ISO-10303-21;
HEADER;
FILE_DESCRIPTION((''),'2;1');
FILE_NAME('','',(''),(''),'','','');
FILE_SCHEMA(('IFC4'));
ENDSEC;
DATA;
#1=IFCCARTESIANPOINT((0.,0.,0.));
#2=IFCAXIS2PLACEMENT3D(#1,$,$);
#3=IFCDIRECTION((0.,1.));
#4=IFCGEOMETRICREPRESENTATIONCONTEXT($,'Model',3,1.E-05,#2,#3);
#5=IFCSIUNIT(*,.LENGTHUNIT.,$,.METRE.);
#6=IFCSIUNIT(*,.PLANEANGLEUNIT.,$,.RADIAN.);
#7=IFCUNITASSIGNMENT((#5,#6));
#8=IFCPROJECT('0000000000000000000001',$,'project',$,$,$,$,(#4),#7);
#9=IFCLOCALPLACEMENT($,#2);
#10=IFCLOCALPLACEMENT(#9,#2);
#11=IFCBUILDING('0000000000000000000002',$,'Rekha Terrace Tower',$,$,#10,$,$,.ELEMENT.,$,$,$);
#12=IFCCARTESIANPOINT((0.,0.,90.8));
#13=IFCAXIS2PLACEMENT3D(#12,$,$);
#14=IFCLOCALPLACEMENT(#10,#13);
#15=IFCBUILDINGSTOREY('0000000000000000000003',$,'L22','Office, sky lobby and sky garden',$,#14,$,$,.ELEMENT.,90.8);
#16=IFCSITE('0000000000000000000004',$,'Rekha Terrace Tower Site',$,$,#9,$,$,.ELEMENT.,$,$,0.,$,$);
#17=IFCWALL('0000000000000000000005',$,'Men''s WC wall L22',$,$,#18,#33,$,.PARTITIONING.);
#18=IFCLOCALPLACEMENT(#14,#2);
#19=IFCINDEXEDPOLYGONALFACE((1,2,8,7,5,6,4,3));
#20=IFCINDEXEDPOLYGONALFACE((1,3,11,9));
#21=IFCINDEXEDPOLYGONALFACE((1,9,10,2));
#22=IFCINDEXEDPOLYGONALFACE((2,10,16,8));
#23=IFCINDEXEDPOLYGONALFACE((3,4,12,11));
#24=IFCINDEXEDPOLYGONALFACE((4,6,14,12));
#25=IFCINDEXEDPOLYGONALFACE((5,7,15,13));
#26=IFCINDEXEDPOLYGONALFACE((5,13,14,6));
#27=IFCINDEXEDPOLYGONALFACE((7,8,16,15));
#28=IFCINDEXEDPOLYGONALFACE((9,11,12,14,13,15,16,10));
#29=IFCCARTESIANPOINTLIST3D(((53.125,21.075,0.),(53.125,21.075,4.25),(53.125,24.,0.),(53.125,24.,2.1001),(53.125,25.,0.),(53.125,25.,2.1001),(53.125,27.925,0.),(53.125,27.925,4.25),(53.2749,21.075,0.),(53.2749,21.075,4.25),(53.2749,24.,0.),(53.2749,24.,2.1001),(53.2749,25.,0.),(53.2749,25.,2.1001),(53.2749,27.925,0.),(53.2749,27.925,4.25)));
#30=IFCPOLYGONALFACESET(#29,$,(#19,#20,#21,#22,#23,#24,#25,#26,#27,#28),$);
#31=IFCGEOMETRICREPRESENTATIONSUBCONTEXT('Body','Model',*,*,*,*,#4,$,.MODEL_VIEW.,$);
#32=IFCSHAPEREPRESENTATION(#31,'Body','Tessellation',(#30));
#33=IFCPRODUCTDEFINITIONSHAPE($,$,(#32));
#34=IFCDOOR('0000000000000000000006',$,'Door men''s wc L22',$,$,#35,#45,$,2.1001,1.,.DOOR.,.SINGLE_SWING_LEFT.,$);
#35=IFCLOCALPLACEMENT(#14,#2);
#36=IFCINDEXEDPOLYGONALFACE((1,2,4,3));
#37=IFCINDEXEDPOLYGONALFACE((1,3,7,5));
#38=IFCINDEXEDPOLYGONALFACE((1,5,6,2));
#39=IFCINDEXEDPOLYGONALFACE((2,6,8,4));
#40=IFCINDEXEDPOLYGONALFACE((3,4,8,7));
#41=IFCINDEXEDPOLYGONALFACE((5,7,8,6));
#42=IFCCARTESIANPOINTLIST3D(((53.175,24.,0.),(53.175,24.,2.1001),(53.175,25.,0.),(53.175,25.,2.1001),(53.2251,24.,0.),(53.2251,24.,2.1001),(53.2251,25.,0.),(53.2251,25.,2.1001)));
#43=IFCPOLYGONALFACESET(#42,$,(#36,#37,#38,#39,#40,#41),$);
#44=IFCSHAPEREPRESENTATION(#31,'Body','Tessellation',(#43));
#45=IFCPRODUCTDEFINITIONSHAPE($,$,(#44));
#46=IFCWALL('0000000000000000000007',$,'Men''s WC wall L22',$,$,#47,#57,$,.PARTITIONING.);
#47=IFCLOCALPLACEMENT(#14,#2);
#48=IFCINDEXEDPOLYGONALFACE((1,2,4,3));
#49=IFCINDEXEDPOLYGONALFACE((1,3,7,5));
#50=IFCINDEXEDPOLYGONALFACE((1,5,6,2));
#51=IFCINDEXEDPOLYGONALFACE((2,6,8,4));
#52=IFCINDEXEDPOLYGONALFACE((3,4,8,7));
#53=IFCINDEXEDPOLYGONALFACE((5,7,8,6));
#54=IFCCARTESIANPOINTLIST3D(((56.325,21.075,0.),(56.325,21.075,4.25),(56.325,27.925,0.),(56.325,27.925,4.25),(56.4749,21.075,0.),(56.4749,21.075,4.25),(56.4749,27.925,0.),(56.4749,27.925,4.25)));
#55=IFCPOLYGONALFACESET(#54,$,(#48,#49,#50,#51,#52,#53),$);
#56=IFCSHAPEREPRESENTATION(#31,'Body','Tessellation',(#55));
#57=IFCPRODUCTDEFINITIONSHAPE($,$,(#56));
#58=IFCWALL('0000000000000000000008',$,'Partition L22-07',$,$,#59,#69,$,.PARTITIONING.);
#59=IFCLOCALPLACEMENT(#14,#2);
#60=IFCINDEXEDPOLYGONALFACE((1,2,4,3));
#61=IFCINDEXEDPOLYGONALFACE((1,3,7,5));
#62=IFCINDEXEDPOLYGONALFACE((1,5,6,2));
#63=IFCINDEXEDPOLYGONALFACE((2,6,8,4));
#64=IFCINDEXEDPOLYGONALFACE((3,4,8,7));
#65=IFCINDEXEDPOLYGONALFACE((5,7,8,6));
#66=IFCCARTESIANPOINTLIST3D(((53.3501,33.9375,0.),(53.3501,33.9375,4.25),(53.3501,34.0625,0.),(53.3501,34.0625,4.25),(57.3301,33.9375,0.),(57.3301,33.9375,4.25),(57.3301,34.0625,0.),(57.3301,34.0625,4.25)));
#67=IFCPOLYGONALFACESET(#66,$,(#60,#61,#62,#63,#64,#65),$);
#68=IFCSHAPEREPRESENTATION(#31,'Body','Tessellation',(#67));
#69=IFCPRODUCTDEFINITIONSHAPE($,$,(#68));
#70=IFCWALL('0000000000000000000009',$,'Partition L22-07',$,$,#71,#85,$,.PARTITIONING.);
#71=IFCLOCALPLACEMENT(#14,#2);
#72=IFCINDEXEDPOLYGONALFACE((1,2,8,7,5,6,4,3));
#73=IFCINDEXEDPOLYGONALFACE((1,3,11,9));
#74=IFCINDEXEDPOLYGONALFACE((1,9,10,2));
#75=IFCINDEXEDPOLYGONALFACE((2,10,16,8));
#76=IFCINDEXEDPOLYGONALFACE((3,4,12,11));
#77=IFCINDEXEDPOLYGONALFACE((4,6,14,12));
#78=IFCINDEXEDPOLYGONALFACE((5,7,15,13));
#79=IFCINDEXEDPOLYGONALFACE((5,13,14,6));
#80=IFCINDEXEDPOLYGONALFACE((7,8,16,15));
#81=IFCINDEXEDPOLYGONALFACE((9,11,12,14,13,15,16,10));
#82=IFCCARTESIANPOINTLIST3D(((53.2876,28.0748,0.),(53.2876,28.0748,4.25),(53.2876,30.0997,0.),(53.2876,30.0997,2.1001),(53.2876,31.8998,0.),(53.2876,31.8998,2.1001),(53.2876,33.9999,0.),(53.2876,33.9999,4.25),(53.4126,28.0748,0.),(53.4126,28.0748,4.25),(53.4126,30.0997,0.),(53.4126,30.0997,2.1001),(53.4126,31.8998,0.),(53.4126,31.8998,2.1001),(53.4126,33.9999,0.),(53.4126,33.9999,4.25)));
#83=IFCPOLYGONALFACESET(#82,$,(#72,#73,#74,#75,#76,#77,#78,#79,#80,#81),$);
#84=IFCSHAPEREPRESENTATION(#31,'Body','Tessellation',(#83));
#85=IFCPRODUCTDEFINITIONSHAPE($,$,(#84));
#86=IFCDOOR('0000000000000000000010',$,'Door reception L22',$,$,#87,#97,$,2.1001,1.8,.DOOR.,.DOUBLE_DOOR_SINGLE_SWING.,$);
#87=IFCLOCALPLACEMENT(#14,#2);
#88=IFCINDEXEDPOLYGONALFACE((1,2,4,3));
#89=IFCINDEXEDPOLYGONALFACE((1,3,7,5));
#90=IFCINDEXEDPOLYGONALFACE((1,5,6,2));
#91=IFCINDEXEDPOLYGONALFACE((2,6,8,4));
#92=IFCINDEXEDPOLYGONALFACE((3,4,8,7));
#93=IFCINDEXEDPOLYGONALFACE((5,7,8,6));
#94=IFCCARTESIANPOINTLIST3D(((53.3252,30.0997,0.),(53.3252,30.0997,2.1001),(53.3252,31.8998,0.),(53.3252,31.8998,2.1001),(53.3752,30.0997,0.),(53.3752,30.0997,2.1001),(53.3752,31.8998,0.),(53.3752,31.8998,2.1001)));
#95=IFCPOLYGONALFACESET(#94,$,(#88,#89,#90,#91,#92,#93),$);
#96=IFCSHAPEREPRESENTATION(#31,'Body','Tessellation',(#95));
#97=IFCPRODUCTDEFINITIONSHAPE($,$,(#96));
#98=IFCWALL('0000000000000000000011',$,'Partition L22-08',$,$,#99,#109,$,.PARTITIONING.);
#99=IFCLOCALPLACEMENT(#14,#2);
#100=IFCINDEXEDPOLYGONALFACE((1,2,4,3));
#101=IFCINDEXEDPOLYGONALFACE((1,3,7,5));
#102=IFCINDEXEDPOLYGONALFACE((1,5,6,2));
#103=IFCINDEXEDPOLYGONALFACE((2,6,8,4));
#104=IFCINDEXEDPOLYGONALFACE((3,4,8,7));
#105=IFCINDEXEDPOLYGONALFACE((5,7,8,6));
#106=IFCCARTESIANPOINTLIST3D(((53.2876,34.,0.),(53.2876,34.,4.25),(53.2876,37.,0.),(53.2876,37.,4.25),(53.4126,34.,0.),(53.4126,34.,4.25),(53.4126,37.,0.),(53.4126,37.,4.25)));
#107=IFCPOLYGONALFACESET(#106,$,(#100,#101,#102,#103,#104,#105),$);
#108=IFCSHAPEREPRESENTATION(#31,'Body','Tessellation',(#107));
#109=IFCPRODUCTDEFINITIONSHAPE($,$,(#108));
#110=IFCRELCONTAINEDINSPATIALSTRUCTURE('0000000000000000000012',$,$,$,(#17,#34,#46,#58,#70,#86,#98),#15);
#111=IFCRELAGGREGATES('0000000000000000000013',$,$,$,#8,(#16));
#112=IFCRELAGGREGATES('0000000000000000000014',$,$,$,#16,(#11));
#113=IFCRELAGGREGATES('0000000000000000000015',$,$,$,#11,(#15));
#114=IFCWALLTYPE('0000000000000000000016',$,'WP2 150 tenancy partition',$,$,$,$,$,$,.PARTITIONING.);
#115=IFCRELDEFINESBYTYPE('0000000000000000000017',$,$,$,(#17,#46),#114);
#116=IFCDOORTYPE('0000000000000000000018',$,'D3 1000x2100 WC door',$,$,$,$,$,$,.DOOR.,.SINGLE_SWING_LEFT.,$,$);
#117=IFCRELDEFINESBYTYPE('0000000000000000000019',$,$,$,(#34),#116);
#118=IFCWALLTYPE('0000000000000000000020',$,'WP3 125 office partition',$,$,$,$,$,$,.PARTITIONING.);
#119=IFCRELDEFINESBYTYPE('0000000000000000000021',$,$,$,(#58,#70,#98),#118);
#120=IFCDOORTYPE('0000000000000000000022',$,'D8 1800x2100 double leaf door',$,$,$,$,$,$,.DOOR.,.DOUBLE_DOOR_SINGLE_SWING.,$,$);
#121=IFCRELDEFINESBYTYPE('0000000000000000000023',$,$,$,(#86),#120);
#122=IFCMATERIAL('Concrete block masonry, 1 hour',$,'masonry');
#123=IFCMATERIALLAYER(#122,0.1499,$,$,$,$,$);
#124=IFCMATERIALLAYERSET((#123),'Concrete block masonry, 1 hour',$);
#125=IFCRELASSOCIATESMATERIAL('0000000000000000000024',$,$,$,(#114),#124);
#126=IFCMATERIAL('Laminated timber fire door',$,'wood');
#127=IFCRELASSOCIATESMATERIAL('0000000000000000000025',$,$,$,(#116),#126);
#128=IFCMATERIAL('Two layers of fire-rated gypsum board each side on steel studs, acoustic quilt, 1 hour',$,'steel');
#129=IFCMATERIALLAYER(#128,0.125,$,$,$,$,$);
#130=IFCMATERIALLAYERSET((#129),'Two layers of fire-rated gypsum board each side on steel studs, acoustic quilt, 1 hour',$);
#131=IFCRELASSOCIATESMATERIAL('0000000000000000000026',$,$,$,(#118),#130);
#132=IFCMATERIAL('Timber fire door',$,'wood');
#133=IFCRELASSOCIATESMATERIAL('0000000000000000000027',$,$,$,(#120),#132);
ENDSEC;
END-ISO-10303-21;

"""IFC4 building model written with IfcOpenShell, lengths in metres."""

from ifc_helpers import new_model, si_unit, direction, frame, frame_2d, origin, place, context, subcontext, project, spatial, rectangle, extrude, material, layer, layer_set, type_object, element, fill, save


model = new_model("IFC4")

# Units and contexts
model_context = context("Model", 3, precision=1e-05, world=origin(), true_north=direction((0.0, 1.0)))
body_context = subcontext(model_context, "Body", "Model", "MODEL_VIEW")
ifc_project = project(units=[si_unit("LENGTHUNIT", "METRE"), si_unit("PLANEANGLEUNIT", "RADIAN")], contexts=[model_context])

# Site, building, storey
site_placement = place(None, origin())
site = spatial("IfcSite", under=ifc_project, at=site_placement, Name="Rekha Terrace Tower Site", CompositionType="ELEMENT", RefElevation=0.0)
building_placement = place(site_placement, origin())
building = spatial("IfcBuilding", under=site, at=building_placement, Name="Rekha Terrace Tower", CompositionType="ELEMENT")
storey_placement = place(building_placement, frame((0.0, 0.0, 90.8)))
storey = spatial("IfcBuildingStorey", under=building, at=storey_placement, Name="L22", Description="Office, sky lobby and sky garden", CompositionType="ELEMENT", Elevation=90.8)

# Shared definitions
ifc_material_1 = material(Name="Concrete block masonry, 1 hour", Category="masonry")
ifc_layer_1 = layer(ifc_material_1, 0.1499)
ifc_layer_set_1 = layer_set([ifc_layer_1], Name="Concrete block masonry, 1 hour")
wall_type_1 = type_object("IfcWallType", Name="WP2 150 tenancy partition", PredefinedType="PARTITIONING", material=ifc_layer_set_1)

# Wall, opening, door
wall_1_placement = place(storey_placement, frame((53.2, 21.075, 0.0), z_axis=(0.0, 0.0, 1.0), x_axis=(0.0, 1.0, 0.0)))
wall_1 = element("IfcWall", 1, at=wall_1_placement, inside=storey, type_object=wall_type_1, Name="Men's WC wall L22", PredefinedType="PARTITIONING", context=body_context, shape_type="SweptSolid", body=[
    extrude(rectangle(XDim=6.8501, YDim=0.1499, at=frame_2d((3.425, 0.0))), origin(), (0.0, 0.0, 1.0), 4.25),
])
opening_1_placement = place(wall_1_placement, frame((2.925, 0.0, 0.0)))
opening_1 = element("IfcOpeningElement", 2, at=opening_1_placement, cuts=wall_1, PredefinedType="OPENING", context=body_context, shape_type="SweptSolid", body=[
    extrude(rectangle(XDim=1.0, YDim=2.1001, at=frame_2d((0.5, 1.05))), frame((0.0, 0.085, 0.0), z_axis=(0.0, -1.0, 0.0), x_axis=(1.0, 0.0, 0.0)), (0.0, 0.0, 1.0), 0.1699),
])
ifc_material_2 = material(Name="Laminated timber fire door", Category="wood")
door_type_1 = type_object("IfcDoorType", Name="D3 1000x2100 WC door", OperationType="SINGLE_SWING_LEFT", PredefinedType="DOOR", material=ifc_material_2)
door_1_placement = place(opening_1_placement, origin())
door_1 = element("IfcDoor", 3, at=door_1_placement, inside=storey, type_object=door_type_1, Name="Door men's wc L22", OperationType="SINGLE_SWING_LEFT", OverallHeight=2.1001, OverallWidth=1.0, PredefinedType="DOOR", context=body_context, shape_type="SweptSolid", body=[
    extrude(rectangle(XDim=1.0, YDim=2.1001, at=frame_2d((0.5, 1.05))), frame((0.0, 0.0249, 0.0), z_axis=(0.0, -1.0, 0.0), x_axis=(1.0, 0.0, 0.0)), (0.0, 0.0, 1.0), 0.05),
])
fill(opening_1, door_1)

# Walls
wall_2_placement = place(storey_placement, frame((56.3999, 21.075, 0.0), z_axis=(0.0, 0.0, 1.0), x_axis=(0.0, 1.0, 0.0)))
element("IfcWall", 4, at=wall_2_placement, inside=storey, type_object=wall_type_1, Name="Men's WC wall L22", PredefinedType="PARTITIONING", context=body_context, shape_type="SweptSolid", body=[
    extrude(rectangle(XDim=6.8501, YDim=0.1499, at=frame_2d((3.425, 0.0))), origin(), (0.0, 0.0, 1.0), 4.25),
])
ifc_material_3 = material(Name="Two layers of fire-rated gypsum board each side on steel studs, acoustic quilt, 1 hour", Category="steel")
ifc_layer_2 = layer(ifc_material_3, 0.125)
ifc_layer_set_2 = layer_set([ifc_layer_2], Name="Two layers of fire-rated gypsum board each side on steel studs, acoustic quilt, 1 hour")
wall_type_2 = type_object("IfcWallType", Name="WP3 125 office partition", PredefinedType="PARTITIONING", material=ifc_layer_set_2)
wall_3_placement = place(storey_placement, frame((53.3501, 34.0, 0.0), z_axis=(0.0, 0.0, 1.0), x_axis=(1.0, 0.0, 0.0)))
element("IfcWall", 5, at=wall_3_placement, inside=storey, type_object=wall_type_2, Name="Partition L22-07", PredefinedType="PARTITIONING", context=body_context, shape_type="SweptSolid", body=[
    extrude(rectangle(XDim=3.98, YDim=0.125, at=frame_2d((1.99, 0.0))), origin(), (0.0, 0.0, 1.0), 4.25),
])

# Wall, opening, door
wall_4_placement = place(storey_placement, frame((53.3501, 28.075, 0.0), z_axis=(0.0, 0.0, 1.0), x_axis=(0.0, 1.0, 0.0)))
wall_4 = element("IfcWall", 6, at=wall_4_placement, inside=storey, type_object=wall_type_2, Name="Partition L22-07", PredefinedType="PARTITIONING", context=body_context, shape_type="SweptSolid", body=[
    extrude(rectangle(XDim=5.925, YDim=0.125, at=frame_2d((2.9624, 0.0))), origin(), (0.0, 0.0, 1.0), 4.25),
])
opening_2_placement = place(wall_4_placement, frame((2.0249, 0.0, 0.0)))
opening_2 = element("IfcOpeningElement", 7, at=opening_2_placement, cuts=wall_4, PredefinedType="OPENING", context=body_context, shape_type="SweptSolid", body=[
    extrude(rectangle(XDim=1.8, YDim=2.1001, at=frame_2d((0.8999, 1.05))), frame((0.0, 0.0725, 0.0), z_axis=(0.0, -1.0, 0.0), x_axis=(1.0, 0.0, 0.0)), (0.0, 0.0, 1.0), 0.145),
])
ifc_material_4 = material(Name="Timber fire door", Category="wood")
door_type_2 = type_object("IfcDoorType", Name="D8 1800x2100 double leaf door", OperationType="DOUBLE_DOOR_SINGLE_SWING", PredefinedType="DOOR", material=ifc_material_4)
door_2_placement = place(opening_2_placement, origin())
door_2 = element("IfcDoor", 8, at=door_2_placement, inside=storey, type_object=door_type_2, Name="Door reception L22", OperationType="DOUBLE_DOOR_SINGLE_SWING", OverallHeight=2.1001, OverallWidth=1.8, PredefinedType="DOOR", context=body_context, shape_type="SweptSolid", body=[
    extrude(rectangle(XDim=1.8, YDim=2.1001, at=frame_2d((0.8999, 1.05))), frame((0.0, 0.0249, 0.0), z_axis=(0.0, -1.0, 0.0), x_axis=(1.0, 0.0, 0.0)), (0.0, 0.0, 1.0), 0.05),
])
fill(opening_2, door_2)

# Wall
wall_5_placement = place(storey_placement, frame((53.3501, 34.0, 0.0), z_axis=(0.0, 0.0, 1.0), x_axis=(0.0, 1.0, 0.0)))
element("IfcWall", 9, at=wall_5_placement, inside=storey, type_object=wall_type_2, Name="Partition L22-08", PredefinedType="PARTITIONING", context=body_context, shape_type="SweptSolid", body=[
    extrude(rectangle(XDim=3.0, YDim=0.125, at=frame_2d((1.5, 0.0))), origin(), (0.0, 0.0, 1.0), 4.25),
])

save(model, "model.ifc")
